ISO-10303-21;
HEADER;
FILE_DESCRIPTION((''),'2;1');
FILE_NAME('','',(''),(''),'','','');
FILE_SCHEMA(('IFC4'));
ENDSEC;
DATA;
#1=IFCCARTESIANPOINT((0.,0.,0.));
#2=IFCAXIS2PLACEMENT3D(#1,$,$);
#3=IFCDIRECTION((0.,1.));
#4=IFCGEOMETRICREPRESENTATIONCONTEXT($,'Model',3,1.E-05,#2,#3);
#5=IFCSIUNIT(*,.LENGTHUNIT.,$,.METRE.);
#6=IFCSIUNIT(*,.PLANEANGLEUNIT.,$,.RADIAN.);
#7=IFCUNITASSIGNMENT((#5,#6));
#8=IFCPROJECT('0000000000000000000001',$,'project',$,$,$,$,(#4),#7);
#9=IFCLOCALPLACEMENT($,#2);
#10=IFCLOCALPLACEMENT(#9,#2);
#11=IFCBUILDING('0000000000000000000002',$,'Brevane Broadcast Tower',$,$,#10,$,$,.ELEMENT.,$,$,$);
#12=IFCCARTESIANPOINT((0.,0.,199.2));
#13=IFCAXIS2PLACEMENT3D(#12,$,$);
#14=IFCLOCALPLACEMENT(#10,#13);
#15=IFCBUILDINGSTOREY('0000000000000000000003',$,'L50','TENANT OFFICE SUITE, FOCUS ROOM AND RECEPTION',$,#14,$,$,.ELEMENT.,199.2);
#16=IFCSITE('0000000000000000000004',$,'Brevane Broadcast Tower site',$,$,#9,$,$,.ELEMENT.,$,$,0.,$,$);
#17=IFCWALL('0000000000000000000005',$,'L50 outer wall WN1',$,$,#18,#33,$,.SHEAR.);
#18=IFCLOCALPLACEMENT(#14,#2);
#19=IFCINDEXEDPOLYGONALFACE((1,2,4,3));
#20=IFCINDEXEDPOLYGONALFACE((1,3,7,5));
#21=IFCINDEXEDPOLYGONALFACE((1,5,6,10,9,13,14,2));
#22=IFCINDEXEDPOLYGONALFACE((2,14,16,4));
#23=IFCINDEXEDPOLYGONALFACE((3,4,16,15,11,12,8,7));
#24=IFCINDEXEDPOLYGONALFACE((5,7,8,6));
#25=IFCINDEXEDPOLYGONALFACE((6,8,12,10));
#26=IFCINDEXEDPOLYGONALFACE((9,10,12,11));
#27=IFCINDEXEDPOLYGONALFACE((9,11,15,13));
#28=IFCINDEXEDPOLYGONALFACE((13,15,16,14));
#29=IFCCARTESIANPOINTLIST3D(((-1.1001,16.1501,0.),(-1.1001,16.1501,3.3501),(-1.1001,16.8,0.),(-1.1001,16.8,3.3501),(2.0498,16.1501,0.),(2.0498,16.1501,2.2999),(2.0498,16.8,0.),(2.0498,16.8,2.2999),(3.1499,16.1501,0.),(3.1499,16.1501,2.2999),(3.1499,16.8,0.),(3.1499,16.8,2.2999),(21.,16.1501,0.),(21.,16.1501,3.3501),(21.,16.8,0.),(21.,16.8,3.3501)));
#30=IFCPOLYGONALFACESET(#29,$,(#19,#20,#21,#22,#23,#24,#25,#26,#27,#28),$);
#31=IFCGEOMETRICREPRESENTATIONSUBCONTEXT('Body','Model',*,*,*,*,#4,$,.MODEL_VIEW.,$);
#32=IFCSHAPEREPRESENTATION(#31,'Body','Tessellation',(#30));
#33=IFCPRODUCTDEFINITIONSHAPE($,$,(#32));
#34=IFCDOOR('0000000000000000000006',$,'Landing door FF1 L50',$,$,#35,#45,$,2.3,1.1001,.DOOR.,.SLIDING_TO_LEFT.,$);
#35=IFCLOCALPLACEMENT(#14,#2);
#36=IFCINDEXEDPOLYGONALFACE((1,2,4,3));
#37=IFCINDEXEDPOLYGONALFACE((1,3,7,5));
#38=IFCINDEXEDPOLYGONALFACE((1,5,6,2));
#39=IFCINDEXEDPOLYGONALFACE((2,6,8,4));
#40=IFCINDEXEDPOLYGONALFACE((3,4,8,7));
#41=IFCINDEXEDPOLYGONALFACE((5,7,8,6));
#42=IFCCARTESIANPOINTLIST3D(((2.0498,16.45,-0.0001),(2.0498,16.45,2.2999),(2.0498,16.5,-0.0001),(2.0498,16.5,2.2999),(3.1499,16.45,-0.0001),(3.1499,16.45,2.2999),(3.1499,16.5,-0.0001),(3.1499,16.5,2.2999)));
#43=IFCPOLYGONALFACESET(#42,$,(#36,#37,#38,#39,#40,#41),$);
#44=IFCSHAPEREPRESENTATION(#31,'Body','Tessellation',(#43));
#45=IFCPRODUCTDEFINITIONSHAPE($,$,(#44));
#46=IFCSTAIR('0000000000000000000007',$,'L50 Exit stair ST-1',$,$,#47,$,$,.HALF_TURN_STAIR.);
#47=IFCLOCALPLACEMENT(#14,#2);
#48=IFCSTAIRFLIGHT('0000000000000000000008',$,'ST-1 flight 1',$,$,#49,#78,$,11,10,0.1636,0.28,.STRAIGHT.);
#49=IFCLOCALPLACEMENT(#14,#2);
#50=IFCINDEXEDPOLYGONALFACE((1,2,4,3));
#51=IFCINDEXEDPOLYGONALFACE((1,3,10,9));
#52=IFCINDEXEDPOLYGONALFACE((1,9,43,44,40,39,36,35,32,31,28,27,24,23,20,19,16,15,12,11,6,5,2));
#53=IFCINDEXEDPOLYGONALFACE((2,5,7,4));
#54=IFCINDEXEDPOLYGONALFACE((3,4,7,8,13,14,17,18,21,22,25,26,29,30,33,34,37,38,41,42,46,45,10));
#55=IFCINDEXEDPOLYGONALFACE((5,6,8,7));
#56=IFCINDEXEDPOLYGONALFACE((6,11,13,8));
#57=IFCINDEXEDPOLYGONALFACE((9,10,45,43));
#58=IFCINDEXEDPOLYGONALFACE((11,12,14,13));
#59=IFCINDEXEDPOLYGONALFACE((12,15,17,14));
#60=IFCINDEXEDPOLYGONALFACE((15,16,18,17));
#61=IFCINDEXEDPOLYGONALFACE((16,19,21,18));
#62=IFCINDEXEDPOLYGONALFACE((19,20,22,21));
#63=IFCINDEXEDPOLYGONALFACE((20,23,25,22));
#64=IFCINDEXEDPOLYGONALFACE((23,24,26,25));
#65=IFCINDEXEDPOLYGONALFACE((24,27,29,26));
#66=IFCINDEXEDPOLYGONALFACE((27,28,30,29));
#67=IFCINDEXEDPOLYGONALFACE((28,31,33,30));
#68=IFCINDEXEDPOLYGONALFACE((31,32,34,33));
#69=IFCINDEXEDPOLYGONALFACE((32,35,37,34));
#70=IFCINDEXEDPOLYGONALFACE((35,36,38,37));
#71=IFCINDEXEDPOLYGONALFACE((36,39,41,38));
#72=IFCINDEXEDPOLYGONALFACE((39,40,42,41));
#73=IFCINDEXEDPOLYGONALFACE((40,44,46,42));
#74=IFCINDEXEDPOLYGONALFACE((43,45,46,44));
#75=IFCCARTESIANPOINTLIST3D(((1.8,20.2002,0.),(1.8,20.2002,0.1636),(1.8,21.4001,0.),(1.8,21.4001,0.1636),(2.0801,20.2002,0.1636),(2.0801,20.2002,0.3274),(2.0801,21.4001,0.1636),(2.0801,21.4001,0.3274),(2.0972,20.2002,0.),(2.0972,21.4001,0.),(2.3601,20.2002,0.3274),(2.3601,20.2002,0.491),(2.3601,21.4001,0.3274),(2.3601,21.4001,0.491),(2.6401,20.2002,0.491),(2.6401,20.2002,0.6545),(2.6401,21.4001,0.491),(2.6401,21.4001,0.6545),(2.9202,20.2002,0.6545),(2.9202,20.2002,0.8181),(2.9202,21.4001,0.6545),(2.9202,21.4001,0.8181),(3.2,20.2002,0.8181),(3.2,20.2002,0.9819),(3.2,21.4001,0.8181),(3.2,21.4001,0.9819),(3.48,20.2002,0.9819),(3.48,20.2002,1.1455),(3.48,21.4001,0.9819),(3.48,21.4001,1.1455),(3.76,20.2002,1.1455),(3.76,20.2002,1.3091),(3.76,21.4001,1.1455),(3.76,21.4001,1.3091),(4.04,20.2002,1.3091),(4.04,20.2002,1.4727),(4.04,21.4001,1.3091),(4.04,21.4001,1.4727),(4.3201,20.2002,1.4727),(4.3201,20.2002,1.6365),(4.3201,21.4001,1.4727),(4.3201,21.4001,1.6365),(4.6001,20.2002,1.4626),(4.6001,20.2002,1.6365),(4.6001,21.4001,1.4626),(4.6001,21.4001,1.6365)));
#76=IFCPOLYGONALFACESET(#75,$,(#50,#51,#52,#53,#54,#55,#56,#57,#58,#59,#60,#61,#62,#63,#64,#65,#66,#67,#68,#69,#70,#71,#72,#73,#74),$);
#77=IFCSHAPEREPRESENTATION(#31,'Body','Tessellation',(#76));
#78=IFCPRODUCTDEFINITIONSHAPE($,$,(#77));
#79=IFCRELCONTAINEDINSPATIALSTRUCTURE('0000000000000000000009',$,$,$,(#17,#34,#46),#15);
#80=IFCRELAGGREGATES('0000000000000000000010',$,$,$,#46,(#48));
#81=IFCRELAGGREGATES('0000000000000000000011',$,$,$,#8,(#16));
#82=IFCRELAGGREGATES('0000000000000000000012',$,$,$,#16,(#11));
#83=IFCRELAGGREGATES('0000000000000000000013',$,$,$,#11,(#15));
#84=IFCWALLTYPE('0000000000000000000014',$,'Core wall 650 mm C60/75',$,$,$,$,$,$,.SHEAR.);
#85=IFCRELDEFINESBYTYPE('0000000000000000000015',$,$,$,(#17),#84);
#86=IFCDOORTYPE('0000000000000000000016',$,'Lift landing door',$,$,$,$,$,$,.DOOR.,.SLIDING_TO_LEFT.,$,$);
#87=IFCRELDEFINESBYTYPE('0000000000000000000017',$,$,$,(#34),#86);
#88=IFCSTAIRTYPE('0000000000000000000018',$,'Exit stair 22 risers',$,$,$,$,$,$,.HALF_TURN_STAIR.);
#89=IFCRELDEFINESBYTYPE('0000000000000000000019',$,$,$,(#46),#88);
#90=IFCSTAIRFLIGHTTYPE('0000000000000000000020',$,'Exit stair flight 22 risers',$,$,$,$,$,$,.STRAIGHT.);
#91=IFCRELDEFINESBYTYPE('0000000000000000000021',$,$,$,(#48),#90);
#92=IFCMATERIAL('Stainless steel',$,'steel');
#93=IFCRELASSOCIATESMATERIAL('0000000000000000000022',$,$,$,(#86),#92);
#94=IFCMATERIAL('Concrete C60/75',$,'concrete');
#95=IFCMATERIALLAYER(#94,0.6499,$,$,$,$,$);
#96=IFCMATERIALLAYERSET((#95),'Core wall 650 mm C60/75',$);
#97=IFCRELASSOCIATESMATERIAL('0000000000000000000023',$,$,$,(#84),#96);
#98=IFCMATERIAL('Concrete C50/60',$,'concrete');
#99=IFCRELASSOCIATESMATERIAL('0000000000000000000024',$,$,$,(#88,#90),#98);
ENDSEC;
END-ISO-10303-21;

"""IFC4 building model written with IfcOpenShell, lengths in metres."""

from ifc_helpers import new_model, si_unit, direction, frame, frame_2d, origin, place, context, subcontext, project, spatial, polyline, rectangle, outline, extrude, material, layer, layer_set, type_object, element, fill, aggregate, save


model = new_model("IFC4")

# Units and contexts
model_context = context("Model", 3, precision=1e-05, world=origin(), true_north=direction((0.0, 1.0)))
body_context = subcontext(model_context, "Body", "Model", "MODEL_VIEW")
ifc_project = project(units=[si_unit("LENGTHUNIT", "METRE"), si_unit("PLANEANGLEUNIT", "RADIAN")], contexts=[model_context])

# Site, building, storey
site_placement = place(None, origin())
site = spatial("IfcSite", under=ifc_project, at=site_placement, Name="Brevane Broadcast Tower site", CompositionType="ELEMENT", RefElevation=0.0)
building_placement = place(site_placement, origin())
building = spatial("IfcBuilding", under=site, at=building_placement, Name="Brevane Broadcast Tower", CompositionType="ELEMENT")
storey_placement = place(building_placement, frame((0.0, 0.0, 199.2)))
storey = spatial("IfcBuildingStorey", under=building, at=storey_placement, Name="L50", Description="TENANT OFFICE SUITE, FOCUS ROOM AND RECEPTION", CompositionType="ELEMENT", Elevation=199.2)

# Shared definitions
ifc_material_1 = material(Name="Concrete C60/75", Category="concrete")
ifc_material_2 = material(Name="Stainless steel", Category="steel")
door_type_1 = type_object("IfcDoorType", Name="Lift landing door", OperationType="SLIDING_TO_LEFT", PredefinedType="DOOR", material=ifc_material_2)

# Wall, opening, door
ifc_layer_1 = layer(ifc_material_1, 0.6499)
ifc_layer_set_1 = layer_set([ifc_layer_1], Name="Core wall 650 mm C60/75")
wall_type_1 = type_object("IfcWallType", Name="Core wall 650 mm C60/75", PredefinedType="SHEAR", material=ifc_layer_set_1)
wall_1_placement = place(storey_placement, frame((-1.1001, 16.4751, 0.0), z_axis=(0.0, 0.0, 1.0), x_axis=(1.0, 0.0, 0.0)))
wall_1 = element("IfcWall", 1, at=wall_1_placement, inside=storey, type_object=wall_type_1, Name="L50 outer wall WN1", PredefinedType="SHEAR", context=body_context, shape_type="SweptSolid", body=[
    extrude(rectangle(XDim=22.1001, YDim=0.6499, at=frame_2d((11.05, 0.0))), origin(), (0.0, 0.0, 1.0), 3.3501),
])
opening_1_placement = place(wall_1_placement, frame((3.1499, 0.0, 0.0)))
opening_1 = element("IfcOpeningElement", 2, at=opening_1_placement, cuts=wall_1, PredefinedType="OPENING", context=body_context, shape_type="SweptSolid", body=[
    extrude(rectangle(XDim=1.1001, YDim=2.3, at=frame_2d((0.55, 1.1499))), frame((0.0, 0.335, 0.0), z_axis=(0.0, -1.0, 0.0), x_axis=(1.0, 0.0, 0.0)), (0.0, 0.0, 1.0), 0.6699),
])
door_1_placement = place(opening_1_placement, origin())
door_1 = element("IfcDoor", 3, at=door_1_placement, inside=storey, type_object=door_type_1, Name="Landing door FF1 L50", OperationType="SLIDING_TO_LEFT", OverallHeight=2.3, OverallWidth=1.1001, PredefinedType="DOOR", context=body_context, shape_type="SweptSolid", body=[
    extrude(rectangle(XDim=1.1001, YDim=2.3, at=frame_2d((0.55, 1.1499))), frame((0.0, 0.0249, 0.0), z_axis=(0.0, -1.0, 0.0), x_axis=(1.0, 0.0, 0.0)), (0.0, 0.0, 1.0), 0.05),
])
fill(opening_1, door_1)

# Stair, stair flight
ifc_material_3 = material(Name="Concrete C50/60", Category="concrete")
stair_type = type_object("IfcStairType", Name="Exit stair 22 risers", PredefinedType="HALF_TURN_STAIR", material=ifc_material_3)
stair_placement = place(storey_placement, origin())
stair = element("IfcStair", 4, at=stair_placement, inside=storey, type_object=stair_type, Name="L50 Exit stair ST-1", PredefinedType="HALF_TURN_STAIR")
stair_flight_type = type_object("IfcStairFlightType", Name="Exit stair flight 22 risers", PredefinedType="STRAIGHT", material=ifc_material_3)
stair_flight_placement = place(storey_placement, frame((1.8, 20.8, 0.0), z_axis=(0.0, 0.0, 1.0), x_axis=(1.0, 0.0, 0.0)))
stair_flight = element("IfcStairFlight", 5, at=stair_flight_placement, type_object=stair_flight_type, Name="ST-1 flight 1", NumberOfRisers=11, NumberOfTreads=10, PredefinedType="STRAIGHT", RiserHeight=0.1636, TreadLength=0.28, context=body_context, shape_type="SweptSolid", body=[
    extrude(outline(polyline([(0.0, 0.0), (0.0, 0.1636), (0.28, 0.1636), (0.28, 0.3274), (0.5601, 0.3274), (0.5601, 0.491), (0.8401, 0.491), (0.8401, 0.6545), (1.1201, 0.6545), (1.1201, 0.8181), (1.3999, 0.8181), (1.3999, 0.9819), (1.6799, 0.9819), (1.6799, 1.1455), (1.96, 1.1455), (1.96, 1.3091), (2.24, 1.3091), (2.24, 1.4727), (2.52, 1.4727), (2.52, 1.6365), (2.8, 1.6365), (2.8, 1.8), (2.8, 1.4626), (0.2971, 0.0), (0.0, 0.0)])), frame((0.0, 0.6001, 0.0), z_axis=(0.0, -1.0, 0.0), x_axis=(1.0, 0.0, 0.0)), (0.0, 0.0, 1.0), 1.2),
])
aggregate(stair, [stair_flight])

save(model, "model.ifc")
